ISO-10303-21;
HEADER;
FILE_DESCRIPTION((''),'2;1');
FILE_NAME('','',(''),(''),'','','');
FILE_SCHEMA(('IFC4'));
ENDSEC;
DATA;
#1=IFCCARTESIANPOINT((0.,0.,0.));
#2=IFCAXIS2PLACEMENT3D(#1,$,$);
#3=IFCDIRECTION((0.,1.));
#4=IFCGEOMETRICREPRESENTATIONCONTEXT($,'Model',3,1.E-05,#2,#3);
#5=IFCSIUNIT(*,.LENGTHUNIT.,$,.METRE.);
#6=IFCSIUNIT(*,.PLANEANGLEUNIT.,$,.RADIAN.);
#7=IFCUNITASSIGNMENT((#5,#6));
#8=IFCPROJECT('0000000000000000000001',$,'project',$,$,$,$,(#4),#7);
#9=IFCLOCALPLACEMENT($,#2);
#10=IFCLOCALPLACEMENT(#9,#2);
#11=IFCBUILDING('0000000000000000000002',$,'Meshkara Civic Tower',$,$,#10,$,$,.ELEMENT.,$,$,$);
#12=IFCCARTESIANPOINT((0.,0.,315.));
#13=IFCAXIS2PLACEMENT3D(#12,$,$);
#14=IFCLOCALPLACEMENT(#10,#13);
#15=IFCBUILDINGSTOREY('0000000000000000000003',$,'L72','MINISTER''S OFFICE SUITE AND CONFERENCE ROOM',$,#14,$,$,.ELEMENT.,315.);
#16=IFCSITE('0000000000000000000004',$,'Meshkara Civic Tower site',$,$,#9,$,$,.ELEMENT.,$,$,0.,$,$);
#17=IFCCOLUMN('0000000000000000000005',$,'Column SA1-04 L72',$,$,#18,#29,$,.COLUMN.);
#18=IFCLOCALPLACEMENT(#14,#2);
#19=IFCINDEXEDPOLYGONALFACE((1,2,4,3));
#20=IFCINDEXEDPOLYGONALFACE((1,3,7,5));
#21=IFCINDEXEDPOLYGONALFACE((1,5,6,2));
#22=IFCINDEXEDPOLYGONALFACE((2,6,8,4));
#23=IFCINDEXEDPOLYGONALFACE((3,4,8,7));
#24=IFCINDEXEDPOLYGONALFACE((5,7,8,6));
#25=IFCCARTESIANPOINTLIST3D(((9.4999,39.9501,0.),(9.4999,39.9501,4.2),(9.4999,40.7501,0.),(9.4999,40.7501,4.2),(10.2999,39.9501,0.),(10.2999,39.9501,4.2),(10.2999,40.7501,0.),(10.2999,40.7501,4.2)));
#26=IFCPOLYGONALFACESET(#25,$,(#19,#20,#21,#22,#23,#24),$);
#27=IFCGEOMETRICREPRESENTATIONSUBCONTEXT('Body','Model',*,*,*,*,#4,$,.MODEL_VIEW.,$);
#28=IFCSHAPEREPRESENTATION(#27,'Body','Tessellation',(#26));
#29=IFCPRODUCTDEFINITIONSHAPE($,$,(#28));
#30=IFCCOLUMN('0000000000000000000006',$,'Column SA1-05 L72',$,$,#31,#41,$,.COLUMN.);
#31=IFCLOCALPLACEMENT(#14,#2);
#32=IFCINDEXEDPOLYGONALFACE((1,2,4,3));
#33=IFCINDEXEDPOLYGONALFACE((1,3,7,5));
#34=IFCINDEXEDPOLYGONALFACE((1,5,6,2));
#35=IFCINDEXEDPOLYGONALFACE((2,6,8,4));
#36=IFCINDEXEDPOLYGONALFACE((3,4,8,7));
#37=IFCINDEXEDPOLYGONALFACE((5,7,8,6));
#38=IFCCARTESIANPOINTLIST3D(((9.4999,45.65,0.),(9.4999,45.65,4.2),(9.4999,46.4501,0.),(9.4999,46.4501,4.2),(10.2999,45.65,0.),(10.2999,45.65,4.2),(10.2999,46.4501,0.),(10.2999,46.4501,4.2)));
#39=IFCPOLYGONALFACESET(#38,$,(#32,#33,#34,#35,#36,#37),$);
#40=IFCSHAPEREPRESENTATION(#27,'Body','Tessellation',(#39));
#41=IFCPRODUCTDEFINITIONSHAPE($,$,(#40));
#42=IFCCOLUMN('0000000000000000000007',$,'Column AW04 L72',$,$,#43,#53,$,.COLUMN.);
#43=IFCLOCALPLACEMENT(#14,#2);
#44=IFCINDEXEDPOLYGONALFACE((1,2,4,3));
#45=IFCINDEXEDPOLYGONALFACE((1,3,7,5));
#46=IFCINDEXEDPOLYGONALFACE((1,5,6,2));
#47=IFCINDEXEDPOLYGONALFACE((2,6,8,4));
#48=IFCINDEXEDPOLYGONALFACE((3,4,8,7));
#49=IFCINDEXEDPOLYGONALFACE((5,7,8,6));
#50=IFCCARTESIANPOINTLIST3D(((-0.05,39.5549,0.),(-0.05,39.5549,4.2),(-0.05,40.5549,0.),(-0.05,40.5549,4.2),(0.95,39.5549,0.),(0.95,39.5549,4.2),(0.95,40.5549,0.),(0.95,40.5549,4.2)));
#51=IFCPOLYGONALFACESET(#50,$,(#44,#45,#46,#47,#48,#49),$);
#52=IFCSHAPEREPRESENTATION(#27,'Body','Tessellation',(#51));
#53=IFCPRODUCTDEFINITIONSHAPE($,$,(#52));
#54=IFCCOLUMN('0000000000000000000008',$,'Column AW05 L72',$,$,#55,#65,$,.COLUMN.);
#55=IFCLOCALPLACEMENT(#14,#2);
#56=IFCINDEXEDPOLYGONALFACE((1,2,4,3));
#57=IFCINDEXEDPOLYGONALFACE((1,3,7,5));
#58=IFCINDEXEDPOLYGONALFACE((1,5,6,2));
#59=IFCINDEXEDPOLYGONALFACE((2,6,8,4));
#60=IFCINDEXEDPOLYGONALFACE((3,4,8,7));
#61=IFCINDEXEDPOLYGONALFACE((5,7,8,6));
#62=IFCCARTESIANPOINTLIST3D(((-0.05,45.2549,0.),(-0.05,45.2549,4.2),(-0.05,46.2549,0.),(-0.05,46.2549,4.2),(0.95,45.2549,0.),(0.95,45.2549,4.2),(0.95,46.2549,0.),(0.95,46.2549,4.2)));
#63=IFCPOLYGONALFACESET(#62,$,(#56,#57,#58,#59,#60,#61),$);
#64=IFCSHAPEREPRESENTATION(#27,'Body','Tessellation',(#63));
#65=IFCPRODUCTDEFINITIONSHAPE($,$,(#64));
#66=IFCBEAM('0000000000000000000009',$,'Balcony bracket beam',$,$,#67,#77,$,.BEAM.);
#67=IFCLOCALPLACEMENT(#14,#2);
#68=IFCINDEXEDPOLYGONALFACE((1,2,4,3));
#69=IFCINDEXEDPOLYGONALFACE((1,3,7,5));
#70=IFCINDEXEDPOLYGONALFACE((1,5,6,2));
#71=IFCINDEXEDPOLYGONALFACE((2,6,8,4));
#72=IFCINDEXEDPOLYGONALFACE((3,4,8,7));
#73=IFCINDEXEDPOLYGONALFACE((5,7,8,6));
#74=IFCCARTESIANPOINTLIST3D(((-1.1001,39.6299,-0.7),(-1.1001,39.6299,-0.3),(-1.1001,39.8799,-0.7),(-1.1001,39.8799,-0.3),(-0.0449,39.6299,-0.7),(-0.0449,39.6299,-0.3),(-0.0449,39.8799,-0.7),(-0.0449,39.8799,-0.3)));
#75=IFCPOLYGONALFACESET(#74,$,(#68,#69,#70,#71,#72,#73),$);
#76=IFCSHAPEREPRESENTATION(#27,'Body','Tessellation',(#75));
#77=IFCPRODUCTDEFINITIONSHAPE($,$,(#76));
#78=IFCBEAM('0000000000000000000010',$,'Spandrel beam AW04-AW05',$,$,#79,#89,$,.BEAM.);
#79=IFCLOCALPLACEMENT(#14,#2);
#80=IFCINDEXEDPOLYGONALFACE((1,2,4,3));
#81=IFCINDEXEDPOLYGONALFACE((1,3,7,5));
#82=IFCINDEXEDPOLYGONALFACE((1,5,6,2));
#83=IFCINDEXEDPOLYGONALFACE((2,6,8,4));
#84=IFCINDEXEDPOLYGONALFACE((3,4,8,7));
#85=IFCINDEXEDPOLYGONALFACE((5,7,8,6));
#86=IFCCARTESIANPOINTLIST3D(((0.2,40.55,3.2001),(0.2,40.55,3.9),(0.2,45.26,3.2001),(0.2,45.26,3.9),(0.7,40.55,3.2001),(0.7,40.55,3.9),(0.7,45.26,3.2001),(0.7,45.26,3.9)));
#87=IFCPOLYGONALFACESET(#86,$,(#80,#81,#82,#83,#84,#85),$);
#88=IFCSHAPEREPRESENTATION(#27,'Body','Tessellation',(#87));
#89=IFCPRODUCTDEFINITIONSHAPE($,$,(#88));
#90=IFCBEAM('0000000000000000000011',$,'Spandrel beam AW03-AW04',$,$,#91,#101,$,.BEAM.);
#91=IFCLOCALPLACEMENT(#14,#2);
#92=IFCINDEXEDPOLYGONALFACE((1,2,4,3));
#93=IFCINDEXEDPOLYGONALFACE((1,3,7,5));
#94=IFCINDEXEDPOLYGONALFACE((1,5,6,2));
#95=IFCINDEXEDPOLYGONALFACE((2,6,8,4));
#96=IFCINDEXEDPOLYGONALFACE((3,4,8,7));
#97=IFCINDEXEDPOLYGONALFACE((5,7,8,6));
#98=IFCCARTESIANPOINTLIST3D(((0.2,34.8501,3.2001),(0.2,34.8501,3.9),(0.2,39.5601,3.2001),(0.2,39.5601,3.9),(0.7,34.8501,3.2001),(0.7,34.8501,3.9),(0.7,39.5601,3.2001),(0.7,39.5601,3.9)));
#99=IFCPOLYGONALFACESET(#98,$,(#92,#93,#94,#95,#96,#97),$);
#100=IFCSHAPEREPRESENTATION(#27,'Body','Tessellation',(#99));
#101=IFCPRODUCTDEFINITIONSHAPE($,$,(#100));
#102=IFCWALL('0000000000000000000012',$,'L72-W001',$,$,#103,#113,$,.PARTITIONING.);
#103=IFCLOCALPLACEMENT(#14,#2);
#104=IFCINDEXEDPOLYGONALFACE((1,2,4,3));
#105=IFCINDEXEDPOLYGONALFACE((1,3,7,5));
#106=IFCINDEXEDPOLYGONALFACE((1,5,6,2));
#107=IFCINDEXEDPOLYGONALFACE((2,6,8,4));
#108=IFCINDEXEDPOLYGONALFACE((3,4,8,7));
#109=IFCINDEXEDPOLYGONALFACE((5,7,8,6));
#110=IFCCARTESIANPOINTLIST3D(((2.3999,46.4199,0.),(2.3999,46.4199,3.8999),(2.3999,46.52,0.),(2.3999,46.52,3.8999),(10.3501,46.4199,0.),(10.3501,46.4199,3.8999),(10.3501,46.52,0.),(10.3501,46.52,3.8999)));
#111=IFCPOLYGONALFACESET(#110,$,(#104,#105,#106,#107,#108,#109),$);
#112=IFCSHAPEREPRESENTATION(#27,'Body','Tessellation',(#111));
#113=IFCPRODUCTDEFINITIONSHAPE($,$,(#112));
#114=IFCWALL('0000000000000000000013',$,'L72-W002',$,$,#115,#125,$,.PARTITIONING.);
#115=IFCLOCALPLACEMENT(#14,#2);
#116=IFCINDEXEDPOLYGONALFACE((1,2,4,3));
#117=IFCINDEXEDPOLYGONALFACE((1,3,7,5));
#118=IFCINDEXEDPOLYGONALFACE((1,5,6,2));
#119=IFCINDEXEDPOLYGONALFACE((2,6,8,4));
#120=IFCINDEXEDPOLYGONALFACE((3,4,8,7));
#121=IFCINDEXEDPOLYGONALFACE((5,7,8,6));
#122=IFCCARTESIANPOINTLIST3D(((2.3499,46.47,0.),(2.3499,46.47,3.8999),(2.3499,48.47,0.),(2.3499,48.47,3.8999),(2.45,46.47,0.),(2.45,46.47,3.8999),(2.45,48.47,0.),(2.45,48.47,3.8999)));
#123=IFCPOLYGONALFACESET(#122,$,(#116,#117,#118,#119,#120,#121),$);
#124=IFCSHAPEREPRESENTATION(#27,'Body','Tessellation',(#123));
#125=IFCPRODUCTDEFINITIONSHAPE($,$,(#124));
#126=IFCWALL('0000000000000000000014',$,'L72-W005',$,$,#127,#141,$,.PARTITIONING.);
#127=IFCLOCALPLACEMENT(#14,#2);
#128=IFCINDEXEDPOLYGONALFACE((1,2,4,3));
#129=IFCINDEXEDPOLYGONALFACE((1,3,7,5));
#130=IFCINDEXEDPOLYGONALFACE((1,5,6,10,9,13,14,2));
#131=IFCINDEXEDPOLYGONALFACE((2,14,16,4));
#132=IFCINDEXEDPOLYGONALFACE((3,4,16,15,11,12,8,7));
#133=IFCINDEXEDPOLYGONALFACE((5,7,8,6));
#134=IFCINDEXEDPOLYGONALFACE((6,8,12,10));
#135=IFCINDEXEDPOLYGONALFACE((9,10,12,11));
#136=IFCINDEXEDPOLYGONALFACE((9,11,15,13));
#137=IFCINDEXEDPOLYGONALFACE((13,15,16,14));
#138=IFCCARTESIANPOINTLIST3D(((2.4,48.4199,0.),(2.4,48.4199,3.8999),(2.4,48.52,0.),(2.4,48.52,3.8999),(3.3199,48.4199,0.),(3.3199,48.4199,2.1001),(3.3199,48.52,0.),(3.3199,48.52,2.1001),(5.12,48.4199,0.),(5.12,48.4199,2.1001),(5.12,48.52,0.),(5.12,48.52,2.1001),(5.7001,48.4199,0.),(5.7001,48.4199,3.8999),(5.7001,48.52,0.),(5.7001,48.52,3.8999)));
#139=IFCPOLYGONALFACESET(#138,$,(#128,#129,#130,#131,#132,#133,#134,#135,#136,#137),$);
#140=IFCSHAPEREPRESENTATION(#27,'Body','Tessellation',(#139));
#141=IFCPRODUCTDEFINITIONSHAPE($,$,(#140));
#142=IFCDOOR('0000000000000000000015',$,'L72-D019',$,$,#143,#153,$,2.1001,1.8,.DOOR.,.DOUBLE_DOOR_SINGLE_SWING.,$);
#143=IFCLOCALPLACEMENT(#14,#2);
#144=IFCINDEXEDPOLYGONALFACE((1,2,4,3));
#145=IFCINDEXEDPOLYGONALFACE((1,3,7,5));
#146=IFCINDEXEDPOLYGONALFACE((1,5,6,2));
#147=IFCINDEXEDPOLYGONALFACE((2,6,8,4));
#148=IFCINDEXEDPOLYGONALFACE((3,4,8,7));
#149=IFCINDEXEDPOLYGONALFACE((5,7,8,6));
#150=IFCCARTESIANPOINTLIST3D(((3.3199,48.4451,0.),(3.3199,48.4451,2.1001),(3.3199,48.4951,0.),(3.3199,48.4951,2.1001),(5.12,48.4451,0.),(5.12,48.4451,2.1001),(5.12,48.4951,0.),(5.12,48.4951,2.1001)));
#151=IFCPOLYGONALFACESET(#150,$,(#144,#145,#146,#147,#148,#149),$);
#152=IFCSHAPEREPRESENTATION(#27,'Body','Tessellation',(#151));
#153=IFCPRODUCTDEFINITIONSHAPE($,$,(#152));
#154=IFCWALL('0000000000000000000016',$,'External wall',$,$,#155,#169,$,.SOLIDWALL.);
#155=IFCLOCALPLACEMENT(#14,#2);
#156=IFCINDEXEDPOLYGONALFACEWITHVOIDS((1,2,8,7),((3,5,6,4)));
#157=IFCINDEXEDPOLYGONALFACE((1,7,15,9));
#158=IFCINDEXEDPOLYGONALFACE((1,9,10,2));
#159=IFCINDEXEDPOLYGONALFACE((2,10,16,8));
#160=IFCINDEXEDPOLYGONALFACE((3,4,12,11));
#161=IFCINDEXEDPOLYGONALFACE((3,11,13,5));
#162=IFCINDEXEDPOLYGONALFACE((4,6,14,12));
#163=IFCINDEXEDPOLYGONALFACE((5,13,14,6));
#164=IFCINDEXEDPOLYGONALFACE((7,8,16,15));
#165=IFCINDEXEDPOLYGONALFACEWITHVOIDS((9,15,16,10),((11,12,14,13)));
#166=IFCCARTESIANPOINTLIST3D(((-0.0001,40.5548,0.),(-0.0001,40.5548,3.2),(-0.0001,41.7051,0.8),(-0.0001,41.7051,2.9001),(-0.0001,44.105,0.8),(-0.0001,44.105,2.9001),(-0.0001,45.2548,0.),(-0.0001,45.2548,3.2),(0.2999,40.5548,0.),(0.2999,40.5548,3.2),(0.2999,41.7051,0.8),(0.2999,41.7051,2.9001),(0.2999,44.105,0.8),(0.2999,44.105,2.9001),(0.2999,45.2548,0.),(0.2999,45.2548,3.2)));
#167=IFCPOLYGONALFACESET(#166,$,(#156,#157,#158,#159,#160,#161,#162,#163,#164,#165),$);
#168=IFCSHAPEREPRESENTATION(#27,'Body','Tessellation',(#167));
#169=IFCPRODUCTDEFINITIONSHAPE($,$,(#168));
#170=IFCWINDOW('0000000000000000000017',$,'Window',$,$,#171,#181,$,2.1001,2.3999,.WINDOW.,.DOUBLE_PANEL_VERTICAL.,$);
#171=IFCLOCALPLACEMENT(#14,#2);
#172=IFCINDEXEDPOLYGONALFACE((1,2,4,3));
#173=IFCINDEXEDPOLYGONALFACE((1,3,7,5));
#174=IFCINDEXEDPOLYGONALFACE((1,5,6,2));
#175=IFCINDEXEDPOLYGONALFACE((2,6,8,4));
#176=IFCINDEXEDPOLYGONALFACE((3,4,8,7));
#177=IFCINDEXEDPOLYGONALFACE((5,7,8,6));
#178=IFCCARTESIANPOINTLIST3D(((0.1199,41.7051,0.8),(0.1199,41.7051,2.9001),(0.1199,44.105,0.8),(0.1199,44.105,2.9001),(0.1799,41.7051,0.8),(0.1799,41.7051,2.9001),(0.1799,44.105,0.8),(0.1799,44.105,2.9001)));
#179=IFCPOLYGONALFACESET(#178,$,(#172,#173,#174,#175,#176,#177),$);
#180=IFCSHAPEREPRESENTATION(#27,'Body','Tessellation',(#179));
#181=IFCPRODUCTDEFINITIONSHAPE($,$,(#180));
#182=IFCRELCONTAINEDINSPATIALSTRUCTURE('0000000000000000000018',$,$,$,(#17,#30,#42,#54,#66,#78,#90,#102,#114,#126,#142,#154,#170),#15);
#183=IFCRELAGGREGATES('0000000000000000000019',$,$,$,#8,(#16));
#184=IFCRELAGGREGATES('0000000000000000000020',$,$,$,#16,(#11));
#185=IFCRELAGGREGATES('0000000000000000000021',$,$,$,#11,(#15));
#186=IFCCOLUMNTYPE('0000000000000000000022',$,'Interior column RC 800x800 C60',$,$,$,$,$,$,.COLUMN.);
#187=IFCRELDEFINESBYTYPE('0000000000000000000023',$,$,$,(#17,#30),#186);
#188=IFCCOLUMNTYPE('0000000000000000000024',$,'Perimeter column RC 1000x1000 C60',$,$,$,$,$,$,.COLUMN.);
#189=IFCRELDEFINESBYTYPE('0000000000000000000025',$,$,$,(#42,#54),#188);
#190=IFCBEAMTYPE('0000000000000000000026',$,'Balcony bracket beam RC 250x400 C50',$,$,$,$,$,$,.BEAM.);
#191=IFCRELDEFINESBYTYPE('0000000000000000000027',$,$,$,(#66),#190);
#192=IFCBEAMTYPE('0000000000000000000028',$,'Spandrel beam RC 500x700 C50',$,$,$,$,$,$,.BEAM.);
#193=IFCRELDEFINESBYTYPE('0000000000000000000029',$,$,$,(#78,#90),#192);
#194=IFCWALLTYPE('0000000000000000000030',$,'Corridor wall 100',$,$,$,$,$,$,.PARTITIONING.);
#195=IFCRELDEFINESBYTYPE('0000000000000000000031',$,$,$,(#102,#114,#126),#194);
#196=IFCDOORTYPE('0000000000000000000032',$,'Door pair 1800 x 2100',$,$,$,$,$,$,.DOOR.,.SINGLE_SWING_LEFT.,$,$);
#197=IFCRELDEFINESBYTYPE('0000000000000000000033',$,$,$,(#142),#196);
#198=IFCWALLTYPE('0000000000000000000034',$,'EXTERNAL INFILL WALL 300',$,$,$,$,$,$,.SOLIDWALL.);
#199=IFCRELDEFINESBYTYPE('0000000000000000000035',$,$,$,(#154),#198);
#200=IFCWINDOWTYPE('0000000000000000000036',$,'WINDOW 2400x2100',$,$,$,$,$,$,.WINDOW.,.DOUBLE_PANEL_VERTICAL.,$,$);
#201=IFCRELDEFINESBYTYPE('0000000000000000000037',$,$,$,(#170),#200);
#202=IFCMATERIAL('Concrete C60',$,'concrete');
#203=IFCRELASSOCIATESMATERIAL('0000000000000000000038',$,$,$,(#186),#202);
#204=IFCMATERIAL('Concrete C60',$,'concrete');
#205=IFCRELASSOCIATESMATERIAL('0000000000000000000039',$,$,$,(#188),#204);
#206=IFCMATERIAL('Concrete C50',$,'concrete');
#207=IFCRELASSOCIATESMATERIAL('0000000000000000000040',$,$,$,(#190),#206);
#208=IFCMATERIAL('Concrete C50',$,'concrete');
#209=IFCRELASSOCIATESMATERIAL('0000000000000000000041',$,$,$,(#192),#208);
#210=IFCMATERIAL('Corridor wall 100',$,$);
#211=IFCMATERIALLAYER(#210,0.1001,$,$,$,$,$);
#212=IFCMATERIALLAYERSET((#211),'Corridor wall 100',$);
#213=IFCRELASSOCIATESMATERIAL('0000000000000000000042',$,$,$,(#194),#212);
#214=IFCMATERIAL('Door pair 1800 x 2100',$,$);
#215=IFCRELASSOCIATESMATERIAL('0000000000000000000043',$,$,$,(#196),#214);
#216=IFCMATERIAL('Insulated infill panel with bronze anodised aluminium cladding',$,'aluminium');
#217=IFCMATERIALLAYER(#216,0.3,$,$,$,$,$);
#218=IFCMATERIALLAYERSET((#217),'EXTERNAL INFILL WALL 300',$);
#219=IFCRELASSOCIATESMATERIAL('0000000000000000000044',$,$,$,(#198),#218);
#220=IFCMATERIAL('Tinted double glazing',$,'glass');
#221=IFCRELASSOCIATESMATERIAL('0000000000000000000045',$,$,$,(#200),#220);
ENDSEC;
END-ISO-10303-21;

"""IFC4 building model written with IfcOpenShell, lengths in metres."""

from ifc_helpers import new_model, si_unit, direction, frame, frame_2d, origin, origin_2d, place, context, subcontext, project, spatial, rectangle, extrude, material, layer, layer_set, material_profile, profile_set, type_object, element, fill, save


model = new_model("IFC4")

# Units and contexts
model_context = context("Model", 3, precision=1e-05, world=origin(), true_north=direction((0.0, 1.0)))
body_context = subcontext(model_context, "Body", "Model", "MODEL_VIEW")
ifc_project = project(units=[si_unit("LENGTHUNIT", "METRE"), si_unit("PLANEANGLEUNIT", "RADIAN")], contexts=[model_context])

# Site, building, storey
site_placement = place(None, origin())
site = spatial("IfcSite", under=ifc_project, at=site_placement, Name="Meshkara Civic Tower site", CompositionType="ELEMENT", RefElevation=0.0)
building_placement = place(site_placement, origin())
building = spatial("IfcBuilding", under=site, at=building_placement, Name="Meshkara Civic Tower", CompositionType="ELEMENT")
storey_placement = place(building_placement, frame((0.0, 0.0, 315.0)))
storey = spatial("IfcBuildingStorey", under=building, at=storey_placement, Name="L72", Description="MINISTER'S OFFICE SUITE AND CONFERENCE ROOM", CompositionType="ELEMENT", Elevation=315.0)

# Columns
ifc_material_1 = material(Name="Concrete C60", Category="concrete")
ifc_material_profile_1 = material_profile(ifc_material_1, rectangle(XDim=0.8, YDim=0.8, at=origin_2d()))
ifc_profile_set_1 = profile_set([ifc_material_profile_1], Name="Concrete C60")
column_type_1 = type_object("IfcColumnType", Name="Interior column RC 800x800 C60", PredefinedType="COLUMN", material=ifc_profile_set_1)
for number, where, z_axis, x_axis, name in (
    (1, (9.8999, 40.3501, 0.0), (0.0, 0.0, 1.0), (1.0, 0.0, 0.0), "Column SA1-04 L72"),
    (2, (9.8999, 46.05, 0.0), (0.0, 0.0, 1.0), (1.0, 0.0, 0.0), "Column SA1-05 L72"),
):
    element("IfcColumn", number, at=place(storey_placement, frame(where, z_axis=z_axis, x_axis=x_axis)), inside=storey, type_object=column_type_1, Name=name, PredefinedType="COLUMN", context=body_context, shape_type="SweptSolid", body=[
        extrude(rectangle(XDim=0.8, YDim=0.8, at=origin_2d()), origin(), (0.0, 0.0, 1.0), 4.2),
    ])
ifc_material_2 = material(Name="Concrete C60", Category="concrete")
ifc_material_profile_2 = material_profile(ifc_material_2, rectangle(XDim=1.0, YDim=1.0, at=origin_2d()))
ifc_profile_set_2 = profile_set([ifc_material_profile_2], Name="Concrete C60")
column_type_2 = type_object("IfcColumnType", Name="Perimeter column RC 1000x1000 C60", PredefinedType="COLUMN", material=ifc_profile_set_2)
for number, where, z_axis, x_axis, name in (
    (3, (0.45, 40.0549, 0.0), (0.0, 0.0, 1.0), (1.0, 0.0, 0.0), "Column AW04 L72"),
    (4, (0.45, 45.7549, 0.0), (0.0, 0.0, 1.0), (1.0, 0.0, 0.0), "Column AW05 L72"),
):
    element("IfcColumn", number, at=place(storey_placement, frame(where, z_axis=z_axis, x_axis=x_axis)), inside=storey, type_object=column_type_2, Name=name, PredefinedType="COLUMN", context=body_context, shape_type="SweptSolid", body=[
        extrude(rectangle(XDim=1.0, YDim=1.0, at=origin_2d()), origin(), (0.0, 0.0, 1.0), 4.2),
    ])

# Beams
ifc_material_3 = material(Name="Concrete C50", Category="concrete")
ifc_material_profile_3 = material_profile(ifc_material_3, rectangle(XDim=0.25, YDim=0.3999, at=origin_2d()))
ifc_profile_set_3 = profile_set([ifc_material_profile_3], Name="Concrete C50")
beam_type_1 = type_object("IfcBeamType", Name="Balcony bracket beam RC 250x400 C50", PredefinedType="BEAM", material=ifc_profile_set_3)
beam_placement = place(storey_placement, frame((-0.0449, 39.7549, -0.5), z_axis=(-1.0, 0.0, 0.0), x_axis=(0.0, -1.0, 0.0)))
element("IfcBeam", 5, at=beam_placement, inside=storey, type_object=beam_type_1, Name="Balcony bracket beam", PredefinedType="BEAM", context=body_context, shape_type="SweptSolid", body=[
    extrude(rectangle(XDim=0.25, YDim=0.3999, at=origin_2d()), origin(), (0.0, 0.0, 1.0), 1.0552),
])
ifc_material_4 = material(Name="Concrete C50", Category="concrete")
ifc_material_profile_4 = material_profile(ifc_material_4, rectangle(XDim=0.5, YDim=0.7, at=origin_2d()))
ifc_profile_set_4 = profile_set([ifc_material_profile_4], Name="Concrete C50")
beam_type_2 = type_object("IfcBeamType", Name="Spandrel beam RC 500x700 C50", PredefinedType="BEAM", material=ifc_profile_set_4)
for number, where, z_axis, x_axis, name in (
    (6, (0.45, 45.26, 3.55), (0.0, -1.0, 0.0), (1.0, 0.0, 0.0), "Spandrel beam AW04-AW05"),
    (7, (0.45, 39.5601, 3.55), (0.0, -1.0, 0.0), (1.0, 0.0, 0.0), "Spandrel beam AW03-AW04"),
):
    element("IfcBeam", number, at=place(storey_placement, frame(where, z_axis=z_axis, x_axis=x_axis)), inside=storey, type_object=beam_type_2, Name=name, PredefinedType="BEAM", context=body_context, shape_type="SweptSolid", body=[
        extrude(rectangle(XDim=0.5, YDim=0.7, at=origin_2d()), origin(), (0.0, 0.0, 1.0), 4.71),
    ])

# Walls
ifc_material_5 = material(Name="Corridor wall 100")
ifc_layer_1 = layer(ifc_material_5, 0.1001)
ifc_layer_set_1 = layer_set([ifc_layer_1], Name="Corridor wall 100")
wall_type_1 = type_object("IfcWallType", Name="Corridor wall 100", PredefinedType="PARTITIONING", material=ifc_layer_set_1)
wall_1_placement = place(storey_placement, frame((2.3999, 46.47, 0.0), z_axis=(0.0, 0.0, 1.0), x_axis=(1.0, 0.0, 0.0)))
element("IfcWall", 8, at=wall_1_placement, inside=storey, type_object=wall_type_1, Name="L72-W001", PredefinedType="PARTITIONING", context=body_context, shape_type="SweptSolid", body=[
    extrude(rectangle(XDim=7.9502, YDim=0.1001, at=frame_2d((3.9751, 0.0))), origin(), (0.0, 0.0, 1.0), 3.8999),
])
wall_2_placement = place(storey_placement, frame((2.3999, 48.47, 0.0), z_axis=(0.0, 0.0, 1.0), x_axis=(0.0, -1.0, 0.0)))
element("IfcWall", 9, at=wall_2_placement, inside=storey, type_object=wall_type_1, Name="L72-W002", PredefinedType="PARTITIONING", context=body_context, shape_type="SweptSolid", body=[
    extrude(rectangle(XDim=2.0, YDim=0.1001, at=frame_2d((1.0, 0.0))), origin(), (0.0, 0.0, 1.0), 3.8999),
])

# Wall, opening, door
wall_3_placement = place(storey_placement, frame((5.7, 48.47, 0.0), z_axis=(0.0, 0.0, 1.0), x_axis=(-1.0, 0.0, 0.0)))
wall_3 = element("IfcWall", 10, at=wall_3_placement, inside=storey, type_object=wall_type_1, Name="L72-W005", PredefinedType="PARTITIONING", context=body_context, shape_type="SweptSolid", body=[
    extrude(rectangle(XDim=3.3, YDim=0.1001, at=frame_2d((1.6499, 0.0))), origin(), (0.0, 0.0, 1.0), 3.8999),
])
opening_1_placement = place(wall_3_placement, frame((0.5801, 0.0, 0.0)))
opening_1 = element("IfcOpeningElement", 11, at=opening_1_placement, cuts=wall_3, PredefinedType="OPENING", context=body_context, shape_type="SweptSolid", body=[
    extrude(rectangle(XDim=1.8, YDim=2.1001, at=frame_2d((0.8999, 1.05))), frame((0.0, 0.0601, 0.0), z_axis=(0.0, -1.0, 0.0), x_axis=(1.0, 0.0, 0.0)), (0.0, 0.0, 1.0), 0.1201),
])
ifc_material_6 = material(Name="Door pair 1800 x 2100")
door_type_1 = type_object("IfcDoorType", Name="Door pair 1800 x 2100", OperationType="SINGLE_SWING_LEFT", PredefinedType="DOOR", material=ifc_material_6)
door_1_placement = place(opening_1_placement, origin())
door_1 = element("IfcDoor", 12, at=door_1_placement, inside=storey, type_object=door_type_1, Name="L72-D019", OperationType="DOUBLE_DOOR_SINGLE_SWING", OverallHeight=2.1001, OverallWidth=1.8, PredefinedType="DOOR", context=body_context, shape_type="SweptSolid", body=[
    extrude(rectangle(XDim=1.8, YDim=2.1001, at=frame_2d((0.8999, 1.05))), frame((0.0, 0.0249, 0.0), z_axis=(0.0, -1.0, 0.0), x_axis=(1.0, 0.0, 0.0)), (0.0, 0.0, 1.0), 0.05),
])
fill(opening_1, door_1)

# Wall, opening, window
ifc_material_7 = material(Name="Insulated infill panel with bronze anodised aluminium cladding", Category="aluminium")
ifc_layer_2 = layer(ifc_material_7, 0.3)
ifc_layer_set_2 = layer_set([ifc_layer_2], Name="EXTERNAL INFILL WALL 300")
wall_type_2 = type_object("IfcWallType", Name="EXTERNAL INFILL WALL 300", PredefinedType="SOLIDWALL", material=ifc_layer_set_2)
wall_4_placement = place(storey_placement, frame((0.1499, 45.2549, 0.0), z_axis=(0.0, 0.0, 1.0), x_axis=(0.0, -1.0, 0.0)))
wall_4 = element("IfcWall", 13, at=wall_4_placement, inside=storey, type_object=wall_type_2, Name="External wall", PredefinedType="SOLIDWALL", context=body_context, shape_type="SweptSolid", body=[
    extrude(rectangle(XDim=4.7, YDim=0.3, at=frame_2d((2.3501, 0.0))), origin(), (0.0, 0.0, 1.0), 3.2),
])
opening_2_placement = place(wall_4_placement, frame((1.1499, 0.0, 0.8)))
opening_2 = element("IfcOpeningElement", 14, at=opening_2_placement, cuts=wall_4, PredefinedType="OPENING", context=body_context, shape_type="SweptSolid", body=[
    extrude(rectangle(XDim=2.3999, YDim=2.1001, at=frame_2d((1.2, 1.05))), frame((0.0, 0.1599, 0.0), z_axis=(0.0, -1.0, 0.0), x_axis=(1.0, 0.0, 0.0)), (0.0, 0.0, 1.0), 0.3201),
])
ifc_material_8 = material(Name="Tinted double glazing", Category="glass")
window_type = type_object("IfcWindowType", Name="WINDOW 2400x2100", PartitioningType="DOUBLE_PANEL_VERTICAL", PredefinedType="WINDOW", material=ifc_material_8)
window_placement = place(opening_2_placement, origin())
window = element("IfcWindow", 15, at=window_placement, inside=storey, type_object=window_type, Name="Window", OverallHeight=2.1001, OverallWidth=2.3999, PartitioningType="DOUBLE_PANEL_VERTICAL", PredefinedType="WINDOW", context=body_context, shape_type="SweptSolid", body=[
    extrude(rectangle(XDim=2.3999, YDim=2.1001, at=frame_2d((1.2, 1.05))), frame((0.0, 0.03, 0.0), z_axis=(0.0, -1.0, 0.0), x_axis=(1.0, 0.0, 0.0)), (0.0, 0.0, 1.0), 0.0601),
])
fill(opening_2, window)

save(model, "model.ifc")
